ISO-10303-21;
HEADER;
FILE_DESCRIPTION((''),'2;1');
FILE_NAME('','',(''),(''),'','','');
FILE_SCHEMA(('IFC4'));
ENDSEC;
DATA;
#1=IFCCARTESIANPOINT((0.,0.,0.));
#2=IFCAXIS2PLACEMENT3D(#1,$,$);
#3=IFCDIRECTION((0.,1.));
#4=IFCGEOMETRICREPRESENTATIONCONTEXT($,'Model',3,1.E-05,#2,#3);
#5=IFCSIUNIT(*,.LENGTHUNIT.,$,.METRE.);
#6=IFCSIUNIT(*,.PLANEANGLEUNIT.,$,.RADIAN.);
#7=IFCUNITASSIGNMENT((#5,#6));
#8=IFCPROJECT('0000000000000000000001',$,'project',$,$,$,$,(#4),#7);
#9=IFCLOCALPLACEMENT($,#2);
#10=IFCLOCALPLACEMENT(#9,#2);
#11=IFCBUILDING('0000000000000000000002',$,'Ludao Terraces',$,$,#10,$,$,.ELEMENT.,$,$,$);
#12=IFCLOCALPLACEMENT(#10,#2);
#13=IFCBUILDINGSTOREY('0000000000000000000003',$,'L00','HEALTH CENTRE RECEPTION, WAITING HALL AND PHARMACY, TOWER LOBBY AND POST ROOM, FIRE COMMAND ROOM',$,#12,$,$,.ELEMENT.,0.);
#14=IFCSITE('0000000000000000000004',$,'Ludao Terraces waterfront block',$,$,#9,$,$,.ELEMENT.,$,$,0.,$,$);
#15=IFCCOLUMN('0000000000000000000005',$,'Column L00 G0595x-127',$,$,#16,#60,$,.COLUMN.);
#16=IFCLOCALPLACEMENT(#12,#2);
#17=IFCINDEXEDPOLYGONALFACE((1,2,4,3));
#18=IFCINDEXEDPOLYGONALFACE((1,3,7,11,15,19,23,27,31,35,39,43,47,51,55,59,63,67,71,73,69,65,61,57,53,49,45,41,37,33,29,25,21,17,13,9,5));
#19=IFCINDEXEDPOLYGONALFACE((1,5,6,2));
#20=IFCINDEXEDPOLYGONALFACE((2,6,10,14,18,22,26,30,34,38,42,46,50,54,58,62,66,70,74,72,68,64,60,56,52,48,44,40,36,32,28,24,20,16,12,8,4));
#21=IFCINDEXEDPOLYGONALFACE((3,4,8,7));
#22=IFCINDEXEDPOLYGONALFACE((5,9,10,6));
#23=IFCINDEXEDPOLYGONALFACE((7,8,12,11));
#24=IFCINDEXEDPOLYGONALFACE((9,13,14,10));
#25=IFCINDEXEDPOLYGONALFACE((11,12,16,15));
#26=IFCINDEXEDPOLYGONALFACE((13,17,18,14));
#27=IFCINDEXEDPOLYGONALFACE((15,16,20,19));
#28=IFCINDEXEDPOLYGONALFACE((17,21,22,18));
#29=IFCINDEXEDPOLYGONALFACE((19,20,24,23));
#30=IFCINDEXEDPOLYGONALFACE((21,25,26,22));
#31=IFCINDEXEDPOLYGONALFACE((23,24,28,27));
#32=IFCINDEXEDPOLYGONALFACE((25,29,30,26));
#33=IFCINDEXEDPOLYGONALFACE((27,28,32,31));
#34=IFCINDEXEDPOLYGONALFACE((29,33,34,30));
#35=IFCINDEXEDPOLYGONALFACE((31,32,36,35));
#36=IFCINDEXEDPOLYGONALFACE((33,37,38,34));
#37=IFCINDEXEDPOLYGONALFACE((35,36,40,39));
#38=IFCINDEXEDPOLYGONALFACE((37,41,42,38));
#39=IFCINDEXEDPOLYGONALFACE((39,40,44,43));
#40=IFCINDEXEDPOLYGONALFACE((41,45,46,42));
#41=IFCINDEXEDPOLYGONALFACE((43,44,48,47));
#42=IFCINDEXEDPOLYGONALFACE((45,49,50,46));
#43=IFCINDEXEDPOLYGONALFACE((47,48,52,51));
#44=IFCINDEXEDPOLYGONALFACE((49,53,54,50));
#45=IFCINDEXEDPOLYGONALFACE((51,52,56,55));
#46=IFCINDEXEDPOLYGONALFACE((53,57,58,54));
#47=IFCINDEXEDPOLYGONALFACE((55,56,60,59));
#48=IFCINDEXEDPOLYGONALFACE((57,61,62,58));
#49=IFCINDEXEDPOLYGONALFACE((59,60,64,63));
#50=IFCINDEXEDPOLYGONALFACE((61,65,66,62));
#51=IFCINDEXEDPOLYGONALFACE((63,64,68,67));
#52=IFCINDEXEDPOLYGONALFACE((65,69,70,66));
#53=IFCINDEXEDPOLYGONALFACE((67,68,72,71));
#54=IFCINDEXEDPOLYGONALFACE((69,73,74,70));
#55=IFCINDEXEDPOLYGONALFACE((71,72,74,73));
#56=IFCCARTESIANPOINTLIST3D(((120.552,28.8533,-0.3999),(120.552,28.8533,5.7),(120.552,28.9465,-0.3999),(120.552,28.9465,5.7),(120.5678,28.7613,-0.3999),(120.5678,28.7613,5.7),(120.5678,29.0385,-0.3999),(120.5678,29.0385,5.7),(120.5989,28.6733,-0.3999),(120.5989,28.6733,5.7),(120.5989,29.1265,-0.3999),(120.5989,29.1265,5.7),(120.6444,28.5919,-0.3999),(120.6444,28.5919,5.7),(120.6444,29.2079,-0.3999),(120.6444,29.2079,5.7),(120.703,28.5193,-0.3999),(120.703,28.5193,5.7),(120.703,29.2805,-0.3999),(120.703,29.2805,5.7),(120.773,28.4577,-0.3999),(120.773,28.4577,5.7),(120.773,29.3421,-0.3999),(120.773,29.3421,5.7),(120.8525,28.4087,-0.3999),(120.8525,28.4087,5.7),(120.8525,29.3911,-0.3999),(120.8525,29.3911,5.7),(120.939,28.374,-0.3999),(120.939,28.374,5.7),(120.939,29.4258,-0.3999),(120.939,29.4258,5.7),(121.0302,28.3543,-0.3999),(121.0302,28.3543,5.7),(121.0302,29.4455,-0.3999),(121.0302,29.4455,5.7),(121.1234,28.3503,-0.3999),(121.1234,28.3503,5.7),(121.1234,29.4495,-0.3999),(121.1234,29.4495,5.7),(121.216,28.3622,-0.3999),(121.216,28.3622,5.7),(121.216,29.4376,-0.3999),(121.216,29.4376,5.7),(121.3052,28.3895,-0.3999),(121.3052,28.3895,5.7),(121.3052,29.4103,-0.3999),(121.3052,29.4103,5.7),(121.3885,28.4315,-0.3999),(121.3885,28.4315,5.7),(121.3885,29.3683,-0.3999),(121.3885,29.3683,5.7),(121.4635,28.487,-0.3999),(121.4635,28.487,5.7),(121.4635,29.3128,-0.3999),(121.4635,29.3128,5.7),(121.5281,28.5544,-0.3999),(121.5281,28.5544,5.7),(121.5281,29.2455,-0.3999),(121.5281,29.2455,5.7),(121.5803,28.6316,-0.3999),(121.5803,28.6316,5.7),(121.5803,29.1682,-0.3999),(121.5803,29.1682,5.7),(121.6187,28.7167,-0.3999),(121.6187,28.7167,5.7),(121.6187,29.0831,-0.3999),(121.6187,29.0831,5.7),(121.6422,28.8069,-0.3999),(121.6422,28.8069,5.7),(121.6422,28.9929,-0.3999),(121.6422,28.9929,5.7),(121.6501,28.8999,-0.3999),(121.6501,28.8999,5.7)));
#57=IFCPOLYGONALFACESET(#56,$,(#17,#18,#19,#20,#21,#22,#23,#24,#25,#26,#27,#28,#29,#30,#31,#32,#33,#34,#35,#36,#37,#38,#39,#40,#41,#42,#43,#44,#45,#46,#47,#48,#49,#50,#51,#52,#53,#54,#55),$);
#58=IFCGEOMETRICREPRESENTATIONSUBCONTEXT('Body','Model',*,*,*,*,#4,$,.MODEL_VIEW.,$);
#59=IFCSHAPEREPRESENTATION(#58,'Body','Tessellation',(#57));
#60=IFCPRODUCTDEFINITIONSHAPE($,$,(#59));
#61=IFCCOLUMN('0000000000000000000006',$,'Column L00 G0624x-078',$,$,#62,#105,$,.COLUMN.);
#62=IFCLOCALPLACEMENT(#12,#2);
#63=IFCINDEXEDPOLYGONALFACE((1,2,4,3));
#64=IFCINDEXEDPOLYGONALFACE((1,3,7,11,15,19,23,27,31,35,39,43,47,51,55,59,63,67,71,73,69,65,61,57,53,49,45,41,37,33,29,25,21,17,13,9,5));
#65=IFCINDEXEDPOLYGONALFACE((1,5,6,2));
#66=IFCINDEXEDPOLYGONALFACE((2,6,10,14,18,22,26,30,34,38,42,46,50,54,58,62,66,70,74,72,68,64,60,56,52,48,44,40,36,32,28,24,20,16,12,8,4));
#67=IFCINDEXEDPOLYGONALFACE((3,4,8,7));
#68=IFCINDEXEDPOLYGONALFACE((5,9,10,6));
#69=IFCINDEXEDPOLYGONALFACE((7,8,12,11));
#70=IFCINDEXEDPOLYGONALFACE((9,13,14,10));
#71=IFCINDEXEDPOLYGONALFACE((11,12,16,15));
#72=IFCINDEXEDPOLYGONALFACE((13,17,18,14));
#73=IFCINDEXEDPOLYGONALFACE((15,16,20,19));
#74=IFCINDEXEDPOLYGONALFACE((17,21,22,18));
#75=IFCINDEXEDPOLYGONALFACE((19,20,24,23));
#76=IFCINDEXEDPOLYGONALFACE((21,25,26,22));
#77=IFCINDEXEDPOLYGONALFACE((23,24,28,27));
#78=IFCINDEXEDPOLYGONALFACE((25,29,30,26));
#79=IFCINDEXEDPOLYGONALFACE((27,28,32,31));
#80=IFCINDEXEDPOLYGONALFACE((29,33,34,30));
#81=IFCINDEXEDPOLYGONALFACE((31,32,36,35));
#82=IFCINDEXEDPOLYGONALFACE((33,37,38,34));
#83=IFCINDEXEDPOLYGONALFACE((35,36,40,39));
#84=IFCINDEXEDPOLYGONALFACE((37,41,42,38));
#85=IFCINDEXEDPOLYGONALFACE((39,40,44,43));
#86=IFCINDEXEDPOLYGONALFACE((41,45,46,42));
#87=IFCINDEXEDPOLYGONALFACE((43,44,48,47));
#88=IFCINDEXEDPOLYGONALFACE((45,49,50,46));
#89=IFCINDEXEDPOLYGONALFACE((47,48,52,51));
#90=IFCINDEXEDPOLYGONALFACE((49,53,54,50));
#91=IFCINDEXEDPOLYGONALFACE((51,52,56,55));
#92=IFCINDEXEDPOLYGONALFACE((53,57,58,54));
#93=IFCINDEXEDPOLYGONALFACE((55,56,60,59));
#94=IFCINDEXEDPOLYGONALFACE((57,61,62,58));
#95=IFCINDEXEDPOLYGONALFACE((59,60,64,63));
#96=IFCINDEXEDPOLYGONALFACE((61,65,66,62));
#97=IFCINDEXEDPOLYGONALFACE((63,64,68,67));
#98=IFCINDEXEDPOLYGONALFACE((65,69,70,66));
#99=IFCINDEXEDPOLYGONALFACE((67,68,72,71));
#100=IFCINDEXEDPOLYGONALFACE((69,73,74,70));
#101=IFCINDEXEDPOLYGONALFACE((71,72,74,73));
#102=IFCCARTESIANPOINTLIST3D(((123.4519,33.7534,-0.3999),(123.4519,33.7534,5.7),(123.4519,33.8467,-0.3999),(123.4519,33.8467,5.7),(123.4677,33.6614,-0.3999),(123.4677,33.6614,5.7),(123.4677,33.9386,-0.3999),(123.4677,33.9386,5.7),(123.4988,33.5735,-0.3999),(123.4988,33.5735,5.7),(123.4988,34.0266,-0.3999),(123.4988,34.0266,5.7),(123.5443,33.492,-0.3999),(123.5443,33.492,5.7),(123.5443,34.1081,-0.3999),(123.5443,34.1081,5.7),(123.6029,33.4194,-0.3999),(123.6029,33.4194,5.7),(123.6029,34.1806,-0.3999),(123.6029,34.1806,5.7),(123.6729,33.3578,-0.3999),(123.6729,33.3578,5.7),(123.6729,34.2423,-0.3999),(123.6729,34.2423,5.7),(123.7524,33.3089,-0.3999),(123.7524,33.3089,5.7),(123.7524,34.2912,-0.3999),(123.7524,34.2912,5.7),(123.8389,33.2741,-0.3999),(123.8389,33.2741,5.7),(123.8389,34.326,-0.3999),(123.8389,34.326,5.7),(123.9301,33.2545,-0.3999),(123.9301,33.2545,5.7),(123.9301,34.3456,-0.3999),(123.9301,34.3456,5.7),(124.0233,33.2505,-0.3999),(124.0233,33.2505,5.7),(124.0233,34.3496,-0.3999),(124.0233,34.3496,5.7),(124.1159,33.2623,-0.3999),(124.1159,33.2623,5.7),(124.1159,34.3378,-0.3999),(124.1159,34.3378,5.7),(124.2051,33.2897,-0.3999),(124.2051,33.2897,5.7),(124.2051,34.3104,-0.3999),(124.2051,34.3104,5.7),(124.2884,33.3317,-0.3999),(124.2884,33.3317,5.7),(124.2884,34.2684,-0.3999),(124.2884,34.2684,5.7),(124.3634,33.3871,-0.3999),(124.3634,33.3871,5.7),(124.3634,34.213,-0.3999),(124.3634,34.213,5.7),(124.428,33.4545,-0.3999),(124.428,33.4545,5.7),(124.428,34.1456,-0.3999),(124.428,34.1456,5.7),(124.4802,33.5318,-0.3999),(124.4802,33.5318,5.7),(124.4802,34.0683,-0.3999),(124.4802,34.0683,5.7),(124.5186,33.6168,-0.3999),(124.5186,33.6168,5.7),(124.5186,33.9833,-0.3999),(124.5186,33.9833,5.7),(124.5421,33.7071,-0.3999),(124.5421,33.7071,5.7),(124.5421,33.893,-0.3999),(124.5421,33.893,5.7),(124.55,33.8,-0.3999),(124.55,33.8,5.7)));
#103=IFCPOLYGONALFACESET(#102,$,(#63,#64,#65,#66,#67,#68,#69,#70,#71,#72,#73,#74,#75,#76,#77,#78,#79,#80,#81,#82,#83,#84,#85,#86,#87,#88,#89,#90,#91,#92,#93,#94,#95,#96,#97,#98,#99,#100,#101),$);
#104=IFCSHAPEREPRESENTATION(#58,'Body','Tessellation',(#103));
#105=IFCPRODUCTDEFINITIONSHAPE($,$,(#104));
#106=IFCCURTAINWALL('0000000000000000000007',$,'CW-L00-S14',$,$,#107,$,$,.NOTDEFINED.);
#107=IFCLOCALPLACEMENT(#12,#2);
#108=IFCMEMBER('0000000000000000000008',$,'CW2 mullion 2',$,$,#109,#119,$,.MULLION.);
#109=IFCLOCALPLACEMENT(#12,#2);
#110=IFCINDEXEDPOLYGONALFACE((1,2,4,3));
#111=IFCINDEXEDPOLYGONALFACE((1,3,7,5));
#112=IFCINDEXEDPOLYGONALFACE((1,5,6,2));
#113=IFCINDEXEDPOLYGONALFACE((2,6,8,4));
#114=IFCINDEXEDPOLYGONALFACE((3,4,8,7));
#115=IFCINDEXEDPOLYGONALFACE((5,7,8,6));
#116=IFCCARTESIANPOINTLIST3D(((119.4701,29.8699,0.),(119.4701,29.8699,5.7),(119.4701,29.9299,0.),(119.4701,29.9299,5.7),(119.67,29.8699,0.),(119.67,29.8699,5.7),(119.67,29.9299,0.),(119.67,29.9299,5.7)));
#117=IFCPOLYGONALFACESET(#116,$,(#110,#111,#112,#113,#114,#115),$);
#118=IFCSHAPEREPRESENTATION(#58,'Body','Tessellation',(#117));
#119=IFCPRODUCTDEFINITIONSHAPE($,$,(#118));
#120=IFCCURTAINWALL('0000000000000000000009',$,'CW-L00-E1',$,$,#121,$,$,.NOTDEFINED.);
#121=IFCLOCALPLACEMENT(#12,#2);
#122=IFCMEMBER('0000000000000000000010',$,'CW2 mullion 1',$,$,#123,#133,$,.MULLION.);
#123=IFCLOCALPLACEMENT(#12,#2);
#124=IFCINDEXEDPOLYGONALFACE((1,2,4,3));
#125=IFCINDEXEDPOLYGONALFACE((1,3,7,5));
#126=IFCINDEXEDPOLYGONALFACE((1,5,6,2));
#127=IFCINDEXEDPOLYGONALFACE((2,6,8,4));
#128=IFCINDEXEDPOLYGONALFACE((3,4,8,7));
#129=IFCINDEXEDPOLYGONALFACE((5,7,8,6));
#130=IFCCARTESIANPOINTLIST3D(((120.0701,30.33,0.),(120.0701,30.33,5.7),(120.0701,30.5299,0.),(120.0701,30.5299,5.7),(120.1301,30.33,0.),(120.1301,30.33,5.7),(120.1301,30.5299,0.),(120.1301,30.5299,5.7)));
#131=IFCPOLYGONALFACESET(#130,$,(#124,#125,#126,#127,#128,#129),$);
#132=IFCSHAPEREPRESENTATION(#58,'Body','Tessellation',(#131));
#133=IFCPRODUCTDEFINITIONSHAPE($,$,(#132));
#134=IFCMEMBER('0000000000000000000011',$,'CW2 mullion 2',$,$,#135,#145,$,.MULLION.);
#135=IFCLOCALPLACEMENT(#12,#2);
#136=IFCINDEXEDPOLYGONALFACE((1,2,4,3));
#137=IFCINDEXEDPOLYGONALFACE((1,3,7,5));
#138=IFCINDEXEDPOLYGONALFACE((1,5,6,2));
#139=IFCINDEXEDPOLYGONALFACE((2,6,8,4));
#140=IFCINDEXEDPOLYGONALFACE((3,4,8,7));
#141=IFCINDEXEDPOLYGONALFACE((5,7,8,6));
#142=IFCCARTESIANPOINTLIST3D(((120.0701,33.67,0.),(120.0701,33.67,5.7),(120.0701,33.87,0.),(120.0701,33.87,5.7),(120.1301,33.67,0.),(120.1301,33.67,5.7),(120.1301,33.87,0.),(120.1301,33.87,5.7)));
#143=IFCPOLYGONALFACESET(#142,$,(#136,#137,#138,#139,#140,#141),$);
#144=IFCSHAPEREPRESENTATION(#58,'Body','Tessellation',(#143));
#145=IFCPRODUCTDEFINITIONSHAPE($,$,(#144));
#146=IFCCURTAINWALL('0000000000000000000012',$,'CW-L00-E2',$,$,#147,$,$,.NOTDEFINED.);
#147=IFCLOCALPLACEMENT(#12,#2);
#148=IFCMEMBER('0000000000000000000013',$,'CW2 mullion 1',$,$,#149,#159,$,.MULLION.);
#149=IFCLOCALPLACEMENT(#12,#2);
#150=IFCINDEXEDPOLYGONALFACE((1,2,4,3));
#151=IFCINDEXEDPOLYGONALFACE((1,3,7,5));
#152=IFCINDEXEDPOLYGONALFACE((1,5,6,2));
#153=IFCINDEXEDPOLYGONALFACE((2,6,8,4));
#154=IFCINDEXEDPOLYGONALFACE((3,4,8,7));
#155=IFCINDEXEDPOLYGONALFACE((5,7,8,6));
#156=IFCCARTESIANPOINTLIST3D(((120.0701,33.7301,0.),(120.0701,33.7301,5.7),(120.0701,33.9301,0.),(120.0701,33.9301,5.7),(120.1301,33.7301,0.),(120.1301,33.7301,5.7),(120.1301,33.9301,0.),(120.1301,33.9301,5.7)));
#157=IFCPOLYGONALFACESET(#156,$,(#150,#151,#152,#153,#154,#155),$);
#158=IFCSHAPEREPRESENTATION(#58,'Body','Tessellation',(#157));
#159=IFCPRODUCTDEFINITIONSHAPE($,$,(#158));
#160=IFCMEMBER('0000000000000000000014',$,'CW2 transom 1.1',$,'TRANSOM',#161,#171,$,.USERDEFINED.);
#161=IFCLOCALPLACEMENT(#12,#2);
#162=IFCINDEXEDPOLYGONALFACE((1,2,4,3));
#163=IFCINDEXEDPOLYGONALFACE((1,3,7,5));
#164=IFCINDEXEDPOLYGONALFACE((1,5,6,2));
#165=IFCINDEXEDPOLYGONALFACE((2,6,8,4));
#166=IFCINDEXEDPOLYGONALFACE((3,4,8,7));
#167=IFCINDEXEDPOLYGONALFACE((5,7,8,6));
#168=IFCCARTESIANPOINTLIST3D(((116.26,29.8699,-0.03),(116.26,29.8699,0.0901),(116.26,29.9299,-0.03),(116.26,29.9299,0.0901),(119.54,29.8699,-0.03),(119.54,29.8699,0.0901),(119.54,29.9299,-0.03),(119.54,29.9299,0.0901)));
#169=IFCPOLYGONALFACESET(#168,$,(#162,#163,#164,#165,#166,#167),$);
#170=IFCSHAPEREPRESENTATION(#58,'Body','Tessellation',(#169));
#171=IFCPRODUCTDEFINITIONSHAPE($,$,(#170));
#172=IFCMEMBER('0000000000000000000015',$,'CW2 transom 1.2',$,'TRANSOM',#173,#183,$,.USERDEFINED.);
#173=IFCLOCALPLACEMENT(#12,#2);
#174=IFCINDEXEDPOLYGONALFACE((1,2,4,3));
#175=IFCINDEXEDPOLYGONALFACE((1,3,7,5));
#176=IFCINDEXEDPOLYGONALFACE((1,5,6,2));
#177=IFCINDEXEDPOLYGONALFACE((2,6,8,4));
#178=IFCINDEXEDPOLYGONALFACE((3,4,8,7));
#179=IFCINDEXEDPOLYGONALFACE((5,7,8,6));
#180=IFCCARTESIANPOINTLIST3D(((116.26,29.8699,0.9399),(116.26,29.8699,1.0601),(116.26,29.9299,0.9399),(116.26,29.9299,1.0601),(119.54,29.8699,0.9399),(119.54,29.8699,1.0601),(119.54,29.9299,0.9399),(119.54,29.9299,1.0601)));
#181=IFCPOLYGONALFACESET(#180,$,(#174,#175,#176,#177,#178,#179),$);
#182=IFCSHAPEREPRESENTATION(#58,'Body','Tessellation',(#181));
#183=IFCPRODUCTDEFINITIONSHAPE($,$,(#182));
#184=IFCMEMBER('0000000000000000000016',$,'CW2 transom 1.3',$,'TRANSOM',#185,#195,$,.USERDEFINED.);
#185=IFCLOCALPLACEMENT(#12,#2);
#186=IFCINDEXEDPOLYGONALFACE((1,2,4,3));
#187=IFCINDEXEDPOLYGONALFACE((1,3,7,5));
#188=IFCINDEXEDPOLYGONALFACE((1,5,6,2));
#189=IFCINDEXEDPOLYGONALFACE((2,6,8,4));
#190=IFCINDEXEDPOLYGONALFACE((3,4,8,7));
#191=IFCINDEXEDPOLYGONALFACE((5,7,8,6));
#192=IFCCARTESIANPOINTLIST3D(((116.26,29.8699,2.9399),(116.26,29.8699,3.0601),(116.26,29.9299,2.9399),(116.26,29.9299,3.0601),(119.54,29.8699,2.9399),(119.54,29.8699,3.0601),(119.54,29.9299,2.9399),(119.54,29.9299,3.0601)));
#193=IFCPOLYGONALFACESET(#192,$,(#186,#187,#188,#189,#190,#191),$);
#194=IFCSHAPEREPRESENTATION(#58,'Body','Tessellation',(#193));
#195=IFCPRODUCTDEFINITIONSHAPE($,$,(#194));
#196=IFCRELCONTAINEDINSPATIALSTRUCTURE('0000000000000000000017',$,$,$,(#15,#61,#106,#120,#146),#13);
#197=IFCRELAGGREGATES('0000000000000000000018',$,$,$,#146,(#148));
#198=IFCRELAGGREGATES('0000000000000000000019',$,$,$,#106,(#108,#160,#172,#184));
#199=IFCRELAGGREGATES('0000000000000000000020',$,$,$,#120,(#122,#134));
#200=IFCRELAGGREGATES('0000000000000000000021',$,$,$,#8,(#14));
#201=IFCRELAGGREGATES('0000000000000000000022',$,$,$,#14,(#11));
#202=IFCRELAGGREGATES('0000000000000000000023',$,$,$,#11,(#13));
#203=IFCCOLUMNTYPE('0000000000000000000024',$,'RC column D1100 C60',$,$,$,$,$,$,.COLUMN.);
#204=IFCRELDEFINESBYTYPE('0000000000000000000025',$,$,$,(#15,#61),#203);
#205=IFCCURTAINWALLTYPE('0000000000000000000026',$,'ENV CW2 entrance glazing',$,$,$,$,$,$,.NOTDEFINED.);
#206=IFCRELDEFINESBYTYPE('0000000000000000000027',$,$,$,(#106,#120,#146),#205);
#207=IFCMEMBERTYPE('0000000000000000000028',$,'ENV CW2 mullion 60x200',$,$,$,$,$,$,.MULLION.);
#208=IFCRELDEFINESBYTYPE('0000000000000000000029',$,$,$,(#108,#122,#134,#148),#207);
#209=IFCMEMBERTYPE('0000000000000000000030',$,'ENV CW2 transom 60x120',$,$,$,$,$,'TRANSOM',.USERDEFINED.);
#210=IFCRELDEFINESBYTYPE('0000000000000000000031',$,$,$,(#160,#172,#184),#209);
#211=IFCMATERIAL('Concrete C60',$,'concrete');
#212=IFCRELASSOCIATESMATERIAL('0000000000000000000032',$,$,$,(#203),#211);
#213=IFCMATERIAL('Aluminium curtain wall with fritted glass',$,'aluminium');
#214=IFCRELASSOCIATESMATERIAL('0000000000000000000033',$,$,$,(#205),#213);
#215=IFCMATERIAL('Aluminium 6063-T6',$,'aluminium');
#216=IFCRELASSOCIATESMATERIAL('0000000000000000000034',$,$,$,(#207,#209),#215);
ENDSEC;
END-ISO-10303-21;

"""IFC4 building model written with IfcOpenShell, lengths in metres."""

from ifc_helpers import new_model, si_unit, direction, frame, origin, origin_2d, place, context, subcontext, project, spatial, rectangle, circle, extrude, material, material_profile, profile_set, type_object, element, aggregate, save


model = new_model("IFC4")

# Units and contexts
model_context = context("Model", 3, precision=1e-05, world=origin(), true_north=direction((0.0, 1.0)))
body_context = subcontext(model_context, "Body", "Model", "MODEL_VIEW")
ifc_project = project(units=[si_unit("LENGTHUNIT", "METRE"), si_unit("PLANEANGLEUNIT", "RADIAN")], contexts=[model_context])

# Site, building, storey
site_placement = place(None, origin())
site = spatial("IfcSite", under=ifc_project, at=site_placement, Name="Ludao Terraces waterfront block", CompositionType="ELEMENT", RefElevation=0.0)
building_placement = place(site_placement, origin())
building = spatial("IfcBuilding", under=site, at=building_placement, Name="Ludao Terraces", CompositionType="ELEMENT")
storey_placement = place(building_placement, origin())
storey = spatial("IfcBuildingStorey", under=building, at=storey_placement, Name="L00", Description="HEALTH CENTRE RECEPTION, WAITING HALL AND PHARMACY, TOWER LOBBY AND POST ROOM, FIRE COMMAND ROOM", CompositionType="ELEMENT", Elevation=0.0)

# Columns
ifc_material_1 = material(Name="Concrete C60", Category="concrete")
ifc_material_profile_1 = material_profile(ifc_material_1, circle(Radius=0.55, at=origin_2d()), Name="D1100")
ifc_profile_set_1 = profile_set([ifc_material_profile_1], Name="Concrete C60")
column_type = type_object("IfcColumnType", Name="RC column D1100 C60", PredefinedType="COLUMN", material=ifc_profile_set_1)
for number, where, z_axis, x_axis, name in (
    (1, (121.1001, 28.8999, -0.3999), (0.0, 0.0, 1.0), (1.0, 0.0, 0.0), "Column L00 G0595x-127"),
    (2, (124.0, 33.8, -0.3999), (0.0, 0.0, 1.0), (1.0, 0.0, 0.0), "Column L00 G0624x-078"),
):
    element("IfcColumn", number, at=place(storey_placement, frame(where, z_axis=z_axis, x_axis=x_axis)), inside=storey, type_object=column_type, Name=name, PredefinedType="COLUMN", context=body_context, shape_type="SweptSolid", body=[
        extrude(circle(Radius=0.55, at=origin_2d()), origin(), (0.0, 0.0, 1.0), 6.0999),
    ])

# Curtain wall, member
ifc_material_2 = material(Name="Aluminium curtain wall with fritted glass", Category="aluminium")
curtain_wall_type = type_object("IfcCurtainWallType", Name="ENV CW2 entrance glazing", PredefinedType="NOTDEFINED", material=ifc_material_2)
curtain_wall_1_placement = place(storey_placement, origin())
curtain_wall_1 = element("IfcCurtainWall", 3, at=curtain_wall_1_placement, inside=storey, type_object=curtain_wall_type, Name="CW-L00-S14", PredefinedType="NOTDEFINED")
ifc_material_3 = material(Name="Aluminium 6063-T6", Category="aluminium")
ifc_material_profile_2 = material_profile(ifc_material_3, rectangle(XDim=0.0601, YDim=0.2, at=origin_2d()), Name="60 X 200")
ifc_profile_set_2 = profile_set([ifc_material_profile_2], Name="Aluminium 6063-T6")
member_type_1 = type_object("IfcMemberType", Name="ENV CW2 mullion 60x200", PredefinedType="MULLION", material=ifc_profile_set_2)
member_1_placement = place(storey_placement, frame((119.5701, 29.8999, 0.0), z_axis=(0.0, 0.0, 1.0), x_axis=(0.0, 1.0, 0.0)))
member_1 = element("IfcMember", 4, at=member_1_placement, type_object=member_type_1, Name="CW2 mullion 2", PredefinedType="MULLION", context=body_context, shape_type="SweptSolid", body=[
    extrude(rectangle(XDim=0.0601, YDim=0.2, at=origin_2d()), origin(), (0.0, 0.0, 1.0), 5.7),
])

# Curtain wall, members
curtain_wall_2_placement = place(storey_placement, origin())
curtain_wall_2 = element("IfcCurtainWall", 5, at=curtain_wall_2_placement, inside=storey, type_object=curtain_wall_type, Name="CW-L00-E1", PredefinedType="NOTDEFINED")
member_2_placement = place(storey_placement, frame((120.1001, 30.4299, 0.0), z_axis=(0.0, 0.0, 1.0), x_axis=(-1.0, 0.0, 0.0)))
member_2 = element("IfcMember", 6, at=member_2_placement, type_object=member_type_1, Name="CW2 mullion 1", PredefinedType="MULLION", context=body_context, shape_type="SweptSolid", body=[
    extrude(rectangle(XDim=0.0601, YDim=0.2, at=origin_2d()), origin(), (0.0, 0.0, 1.0), 5.7),
])
member_3_placement = place(storey_placement, frame((120.1001, 33.77, 0.0), z_axis=(0.0, 0.0, 1.0), x_axis=(-1.0, 0.0, 0.0)))
member_3 = element("IfcMember", 7, at=member_3_placement, type_object=member_type_1, Name="CW2 mullion 2", PredefinedType="MULLION", context=body_context, shape_type="SweptSolid", body=[
    extrude(rectangle(XDim=0.0601, YDim=0.2, at=origin_2d()), origin(), (0.0, 0.0, 1.0), 5.7),
])

# Curtain wall, member
curtain_wall_3_placement = place(storey_placement, origin())
curtain_wall_3 = element("IfcCurtainWall", 8, at=curtain_wall_3_placement, inside=storey, type_object=curtain_wall_type, Name="CW-L00-E2", PredefinedType="NOTDEFINED")
member_4_placement = place(storey_placement, frame((120.1001, 33.8301, 0.0), z_axis=(0.0, 0.0, 1.0), x_axis=(-1.0, 0.0, 0.0)))
member_4 = element("IfcMember", 9, at=member_4_placement, type_object=member_type_1, Name="CW2 mullion 1", PredefinedType="MULLION", context=body_context, shape_type="SweptSolid", body=[
    extrude(rectangle(XDim=0.0601, YDim=0.2, at=origin_2d()), origin(), (0.0, 0.0, 1.0), 5.7),
])

# Members
ifc_material_profile_3 = material_profile(ifc_material_3, rectangle(XDim=0.0601, YDim=0.1201, at=origin_2d()), Name="60 X 120")
ifc_profile_set_3 = profile_set([ifc_material_profile_3], Name="Aluminium 6063-T6")
member_type_2 = type_object("IfcMemberType", Name="ENV CW2 transom 60x120", ElementType="TRANSOM", PredefinedType="USERDEFINED", material=ifc_profile_set_3)
member_5_placement = place(storey_placement, frame((116.26, 29.8999, 0.03), z_axis=(1.0, 0.0, 0.0), x_axis=(0.0, 1.0, 0.0)))
member_5 = element("IfcMember", 10, at=member_5_placement, type_object=member_type_2, Name="CW2 transom 1.1", ObjectType="TRANSOM", PredefinedType="USERDEFINED", context=body_context, shape_type="SweptSolid", body=[
    extrude(rectangle(XDim=0.0601, YDim=0.1201, at=origin_2d()), origin(), (0.0, 0.0, 1.0), 3.28),
])
member_6_placement = place(storey_placement, frame((116.26, 29.8999, 1.0), z_axis=(1.0, 0.0, 0.0), x_axis=(0.0, 1.0, 0.0)))
member_6 = element("IfcMember", 11, at=member_6_placement, type_object=member_type_2, Name="CW2 transom 1.2", ObjectType="TRANSOM", PredefinedType="USERDEFINED", context=body_context, shape_type="SweptSolid", body=[
    extrude(rectangle(XDim=0.0601, YDim=0.1201, at=origin_2d()), origin(), (0.0, 0.0, 1.0), 3.28),
])
member_7_placement = place(storey_placement, frame((116.26, 29.8999, 3.0), z_axis=(1.0, 0.0, 0.0), x_axis=(0.0, 1.0, 0.0)))
member_7 = element("IfcMember", 12, at=member_7_placement, type_object=member_type_2, Name="CW2 transom 1.3", ObjectType="TRANSOM", PredefinedType="USERDEFINED", context=body_context, shape_type="SweptSolid", body=[
    extrude(rectangle(XDim=0.0601, YDim=0.1201, at=origin_2d()), origin(), (0.0, 0.0, 1.0), 3.28),
])
aggregate(curtain_wall_3, [member_4])

aggregate(curtain_wall_1, [member_1, member_5, member_6, member_7])
aggregate(curtain_wall_2, [member_2, member_3])

save(model, "model.ifc")
